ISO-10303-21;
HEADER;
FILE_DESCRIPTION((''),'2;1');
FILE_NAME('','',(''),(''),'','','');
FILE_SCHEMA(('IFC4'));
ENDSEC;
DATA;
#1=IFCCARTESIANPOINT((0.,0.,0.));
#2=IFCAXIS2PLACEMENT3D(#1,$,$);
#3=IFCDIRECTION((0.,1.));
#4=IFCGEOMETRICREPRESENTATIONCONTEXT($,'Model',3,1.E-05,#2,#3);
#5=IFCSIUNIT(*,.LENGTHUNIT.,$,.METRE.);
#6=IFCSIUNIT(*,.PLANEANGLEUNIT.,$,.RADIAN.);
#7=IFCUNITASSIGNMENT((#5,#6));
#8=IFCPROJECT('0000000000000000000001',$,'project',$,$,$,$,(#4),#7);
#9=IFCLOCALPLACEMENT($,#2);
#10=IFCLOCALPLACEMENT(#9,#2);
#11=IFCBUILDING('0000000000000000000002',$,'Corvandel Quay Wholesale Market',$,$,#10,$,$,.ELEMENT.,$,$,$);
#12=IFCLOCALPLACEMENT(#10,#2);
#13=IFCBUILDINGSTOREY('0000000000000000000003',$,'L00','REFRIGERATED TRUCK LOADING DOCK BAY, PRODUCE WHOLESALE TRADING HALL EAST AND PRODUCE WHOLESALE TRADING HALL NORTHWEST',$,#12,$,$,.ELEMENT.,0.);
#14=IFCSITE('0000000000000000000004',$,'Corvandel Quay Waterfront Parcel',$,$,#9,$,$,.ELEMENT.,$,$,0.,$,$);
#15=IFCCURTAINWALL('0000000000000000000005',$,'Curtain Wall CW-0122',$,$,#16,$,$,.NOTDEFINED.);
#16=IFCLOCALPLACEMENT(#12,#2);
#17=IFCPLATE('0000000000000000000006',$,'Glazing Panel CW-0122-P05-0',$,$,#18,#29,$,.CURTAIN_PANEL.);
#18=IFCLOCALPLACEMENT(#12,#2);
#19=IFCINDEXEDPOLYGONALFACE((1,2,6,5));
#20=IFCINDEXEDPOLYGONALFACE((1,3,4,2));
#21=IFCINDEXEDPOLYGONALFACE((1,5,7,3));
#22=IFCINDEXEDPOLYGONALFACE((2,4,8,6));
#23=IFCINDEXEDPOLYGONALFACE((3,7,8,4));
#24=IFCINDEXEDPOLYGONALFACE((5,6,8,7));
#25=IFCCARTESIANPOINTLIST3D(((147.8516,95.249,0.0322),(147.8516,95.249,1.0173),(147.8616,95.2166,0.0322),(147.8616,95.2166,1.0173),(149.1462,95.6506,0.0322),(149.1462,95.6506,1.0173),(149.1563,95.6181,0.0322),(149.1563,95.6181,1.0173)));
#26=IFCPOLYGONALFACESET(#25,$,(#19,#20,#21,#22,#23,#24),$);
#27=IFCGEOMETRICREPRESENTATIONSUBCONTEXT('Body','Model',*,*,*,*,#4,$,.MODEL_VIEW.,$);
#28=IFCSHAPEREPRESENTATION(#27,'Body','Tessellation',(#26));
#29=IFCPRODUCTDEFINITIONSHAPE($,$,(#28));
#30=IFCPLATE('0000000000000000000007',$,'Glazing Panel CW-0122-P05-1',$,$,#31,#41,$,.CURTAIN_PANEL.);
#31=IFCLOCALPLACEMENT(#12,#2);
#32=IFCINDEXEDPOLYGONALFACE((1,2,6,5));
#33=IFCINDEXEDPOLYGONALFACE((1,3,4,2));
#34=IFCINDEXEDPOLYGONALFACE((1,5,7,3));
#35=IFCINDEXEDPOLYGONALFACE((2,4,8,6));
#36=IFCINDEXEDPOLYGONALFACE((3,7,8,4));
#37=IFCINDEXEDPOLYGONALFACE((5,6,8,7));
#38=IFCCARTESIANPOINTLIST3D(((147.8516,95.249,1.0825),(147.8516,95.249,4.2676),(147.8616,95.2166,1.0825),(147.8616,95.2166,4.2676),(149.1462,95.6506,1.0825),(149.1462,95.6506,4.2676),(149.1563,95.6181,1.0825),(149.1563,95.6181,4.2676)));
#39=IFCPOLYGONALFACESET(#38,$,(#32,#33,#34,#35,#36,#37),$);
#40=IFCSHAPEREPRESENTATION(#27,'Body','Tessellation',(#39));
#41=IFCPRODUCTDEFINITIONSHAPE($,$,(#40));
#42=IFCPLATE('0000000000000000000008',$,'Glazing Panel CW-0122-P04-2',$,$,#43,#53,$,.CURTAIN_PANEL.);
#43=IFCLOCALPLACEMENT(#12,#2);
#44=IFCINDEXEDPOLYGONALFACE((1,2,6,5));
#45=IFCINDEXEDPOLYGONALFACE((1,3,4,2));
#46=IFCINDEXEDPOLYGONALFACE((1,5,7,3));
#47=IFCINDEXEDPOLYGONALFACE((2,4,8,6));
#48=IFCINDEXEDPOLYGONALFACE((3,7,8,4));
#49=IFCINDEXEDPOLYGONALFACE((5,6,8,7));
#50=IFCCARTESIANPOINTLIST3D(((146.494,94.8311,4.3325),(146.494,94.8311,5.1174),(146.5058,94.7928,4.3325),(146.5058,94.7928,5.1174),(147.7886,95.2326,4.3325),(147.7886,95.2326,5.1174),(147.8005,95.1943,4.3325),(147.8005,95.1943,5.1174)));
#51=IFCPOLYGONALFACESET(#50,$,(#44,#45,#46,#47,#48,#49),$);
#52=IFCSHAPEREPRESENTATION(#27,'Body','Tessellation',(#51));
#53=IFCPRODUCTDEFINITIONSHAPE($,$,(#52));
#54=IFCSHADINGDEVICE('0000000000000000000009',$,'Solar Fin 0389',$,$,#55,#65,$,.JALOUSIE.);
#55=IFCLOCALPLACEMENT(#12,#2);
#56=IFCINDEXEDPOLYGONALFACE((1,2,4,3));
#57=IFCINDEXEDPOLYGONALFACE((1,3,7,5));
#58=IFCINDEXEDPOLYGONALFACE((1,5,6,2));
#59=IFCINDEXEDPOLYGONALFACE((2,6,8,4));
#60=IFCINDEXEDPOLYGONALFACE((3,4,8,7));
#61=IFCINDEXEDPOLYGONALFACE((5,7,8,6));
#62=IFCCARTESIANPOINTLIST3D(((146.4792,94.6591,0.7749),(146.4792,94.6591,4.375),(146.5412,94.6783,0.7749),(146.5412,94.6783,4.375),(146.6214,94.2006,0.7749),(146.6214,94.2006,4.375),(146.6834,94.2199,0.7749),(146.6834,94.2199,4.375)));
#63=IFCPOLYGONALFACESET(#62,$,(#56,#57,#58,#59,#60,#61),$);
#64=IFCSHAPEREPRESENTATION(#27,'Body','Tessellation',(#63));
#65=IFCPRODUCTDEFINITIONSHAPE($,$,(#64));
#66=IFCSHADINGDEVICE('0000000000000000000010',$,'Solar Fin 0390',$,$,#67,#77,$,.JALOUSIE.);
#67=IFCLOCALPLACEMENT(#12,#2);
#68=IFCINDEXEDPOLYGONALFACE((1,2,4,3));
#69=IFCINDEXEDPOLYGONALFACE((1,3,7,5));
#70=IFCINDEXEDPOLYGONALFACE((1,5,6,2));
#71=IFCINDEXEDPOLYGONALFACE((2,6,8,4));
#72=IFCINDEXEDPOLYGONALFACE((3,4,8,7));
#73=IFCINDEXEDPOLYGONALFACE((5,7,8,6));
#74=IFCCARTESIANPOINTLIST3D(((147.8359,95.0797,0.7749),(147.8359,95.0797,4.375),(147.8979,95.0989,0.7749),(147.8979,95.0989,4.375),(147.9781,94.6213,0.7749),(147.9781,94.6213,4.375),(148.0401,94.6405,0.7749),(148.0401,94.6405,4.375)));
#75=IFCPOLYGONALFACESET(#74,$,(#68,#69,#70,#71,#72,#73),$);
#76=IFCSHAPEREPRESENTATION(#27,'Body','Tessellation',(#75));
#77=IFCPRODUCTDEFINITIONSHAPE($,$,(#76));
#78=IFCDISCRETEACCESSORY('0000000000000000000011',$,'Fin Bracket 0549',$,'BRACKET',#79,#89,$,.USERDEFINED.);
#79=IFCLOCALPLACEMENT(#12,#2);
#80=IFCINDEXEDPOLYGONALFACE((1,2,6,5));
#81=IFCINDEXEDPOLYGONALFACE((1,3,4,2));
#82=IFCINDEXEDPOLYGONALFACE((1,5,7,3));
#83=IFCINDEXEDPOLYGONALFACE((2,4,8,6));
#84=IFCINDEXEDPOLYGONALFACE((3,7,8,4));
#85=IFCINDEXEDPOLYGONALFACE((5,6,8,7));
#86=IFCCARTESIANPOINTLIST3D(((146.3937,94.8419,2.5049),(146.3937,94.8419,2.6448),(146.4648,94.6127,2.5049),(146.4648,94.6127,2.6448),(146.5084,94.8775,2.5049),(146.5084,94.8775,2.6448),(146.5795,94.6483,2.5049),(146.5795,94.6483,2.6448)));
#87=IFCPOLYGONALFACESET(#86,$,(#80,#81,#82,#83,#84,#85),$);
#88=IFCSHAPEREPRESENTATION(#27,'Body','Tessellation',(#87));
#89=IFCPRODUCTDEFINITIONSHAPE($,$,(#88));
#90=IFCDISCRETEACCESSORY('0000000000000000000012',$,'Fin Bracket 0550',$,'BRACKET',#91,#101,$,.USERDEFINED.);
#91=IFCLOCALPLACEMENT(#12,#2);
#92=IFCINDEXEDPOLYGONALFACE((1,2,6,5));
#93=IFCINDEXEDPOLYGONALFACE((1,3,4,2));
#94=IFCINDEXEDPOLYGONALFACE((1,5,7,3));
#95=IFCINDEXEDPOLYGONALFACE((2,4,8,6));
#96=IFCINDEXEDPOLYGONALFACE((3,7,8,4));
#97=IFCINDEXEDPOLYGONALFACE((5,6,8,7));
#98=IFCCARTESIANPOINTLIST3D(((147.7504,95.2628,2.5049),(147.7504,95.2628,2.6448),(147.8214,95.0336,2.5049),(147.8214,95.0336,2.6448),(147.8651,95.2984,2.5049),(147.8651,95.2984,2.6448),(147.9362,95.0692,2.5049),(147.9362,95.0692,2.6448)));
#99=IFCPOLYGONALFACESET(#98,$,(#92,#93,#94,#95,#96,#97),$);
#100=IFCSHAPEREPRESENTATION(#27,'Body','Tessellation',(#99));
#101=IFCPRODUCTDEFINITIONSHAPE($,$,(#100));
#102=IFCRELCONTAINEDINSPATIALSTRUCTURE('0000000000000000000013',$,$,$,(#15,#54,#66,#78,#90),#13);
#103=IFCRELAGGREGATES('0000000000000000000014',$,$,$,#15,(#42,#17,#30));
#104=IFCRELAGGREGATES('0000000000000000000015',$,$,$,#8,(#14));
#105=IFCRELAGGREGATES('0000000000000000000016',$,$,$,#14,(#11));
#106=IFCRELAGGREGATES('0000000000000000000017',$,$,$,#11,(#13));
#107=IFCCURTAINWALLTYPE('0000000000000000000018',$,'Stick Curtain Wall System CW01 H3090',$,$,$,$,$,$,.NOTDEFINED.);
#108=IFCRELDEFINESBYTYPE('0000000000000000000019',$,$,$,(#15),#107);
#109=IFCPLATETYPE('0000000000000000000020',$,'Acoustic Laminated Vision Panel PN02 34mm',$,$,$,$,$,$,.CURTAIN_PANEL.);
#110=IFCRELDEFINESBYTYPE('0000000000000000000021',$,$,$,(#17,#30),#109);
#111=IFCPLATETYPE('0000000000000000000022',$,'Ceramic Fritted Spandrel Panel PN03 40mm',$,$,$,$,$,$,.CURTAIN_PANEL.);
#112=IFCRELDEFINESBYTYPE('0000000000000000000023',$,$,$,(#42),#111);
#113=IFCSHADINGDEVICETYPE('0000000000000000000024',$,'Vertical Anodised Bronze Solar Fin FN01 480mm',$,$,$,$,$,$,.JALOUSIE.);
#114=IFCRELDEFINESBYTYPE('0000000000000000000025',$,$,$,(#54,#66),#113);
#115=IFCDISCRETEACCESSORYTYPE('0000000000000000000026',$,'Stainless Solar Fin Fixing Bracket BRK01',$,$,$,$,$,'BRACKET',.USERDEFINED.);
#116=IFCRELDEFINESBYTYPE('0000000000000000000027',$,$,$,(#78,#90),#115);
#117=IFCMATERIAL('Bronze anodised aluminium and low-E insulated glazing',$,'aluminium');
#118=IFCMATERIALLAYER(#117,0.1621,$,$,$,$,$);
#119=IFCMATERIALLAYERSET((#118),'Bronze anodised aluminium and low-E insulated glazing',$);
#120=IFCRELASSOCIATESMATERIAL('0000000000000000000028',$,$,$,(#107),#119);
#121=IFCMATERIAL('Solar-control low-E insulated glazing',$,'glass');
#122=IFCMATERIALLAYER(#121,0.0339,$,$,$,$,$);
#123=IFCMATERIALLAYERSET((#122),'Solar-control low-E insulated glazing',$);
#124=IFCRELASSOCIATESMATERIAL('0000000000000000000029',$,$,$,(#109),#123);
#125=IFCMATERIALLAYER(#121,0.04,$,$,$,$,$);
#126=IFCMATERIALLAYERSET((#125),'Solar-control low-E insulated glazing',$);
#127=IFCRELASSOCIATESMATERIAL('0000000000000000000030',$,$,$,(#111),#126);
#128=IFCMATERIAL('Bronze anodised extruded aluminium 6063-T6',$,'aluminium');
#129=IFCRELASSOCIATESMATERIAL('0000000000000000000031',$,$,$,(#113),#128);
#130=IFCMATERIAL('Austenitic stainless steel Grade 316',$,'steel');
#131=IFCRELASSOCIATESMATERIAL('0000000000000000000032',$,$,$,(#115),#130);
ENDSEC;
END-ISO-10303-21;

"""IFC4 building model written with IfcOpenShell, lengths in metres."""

from ifc_helpers import new_model, si_unit, direction, frame, origin, origin_2d, place, context, subcontext, project, spatial, rectangle, extrude, material, layer, layer_set, type_object, element, aggregate, save


model = new_model("IFC4")

# Units and contexts
model_context = context("Model", 3, precision=1e-05, world=origin(), true_north=direction((0.0, 1.0)))
body_context = subcontext(model_context, "Body", "Model", "MODEL_VIEW")
ifc_project = project(units=[si_unit("LENGTHUNIT", "METRE"), si_unit("PLANEANGLEUNIT", "RADIAN")], contexts=[model_context])

# Site, building, storey
site_placement = place(None, origin())
site = spatial("IfcSite", under=ifc_project, at=site_placement, Name="Corvandel Quay Waterfront Parcel", CompositionType="ELEMENT", RefElevation=0.0)
building_placement = place(site_placement, origin())
building = spatial("IfcBuilding", under=site, at=building_placement, Name="Corvandel Quay Wholesale Market", CompositionType="ELEMENT")
storey_placement = place(building_placement, origin())
storey = spatial("IfcBuildingStorey", under=building, at=storey_placement, Name="L00", Description="REFRIGERATED TRUCK LOADING DOCK BAY, PRODUCE WHOLESALE TRADING HALL EAST AND PRODUCE WHOLESALE TRADING HALL NORTHWEST", CompositionType="ELEMENT", Elevation=0.0)

# Curtain wall, plates
ifc_material_1 = material(Name="Bronze anodised aluminium and low-E insulated glazing", Category="aluminium")
ifc_layer_1 = layer(ifc_material_1, 0.1621)
ifc_layer_set_1 = layer_set([ifc_layer_1], Name="Bronze anodised aluminium and low-E insulated glazing")
curtain_wall_type = type_object("IfcCurtainWallType", Name="Stick Curtain Wall System CW01 H3090", PredefinedType="NOTDEFINED", material=ifc_layer_set_1)
curtain_wall_placement = place(storey_placement, origin())
curtain_wall = element("IfcCurtainWall", 1, at=curtain_wall_placement, inside=storey, type_object=curtain_wall_type, Name="Curtain Wall CW-0122", PredefinedType="NOTDEFINED")
ifc_material_2 = material(Name="Solar-control low-E insulated glazing", Category="glass")
ifc_layer_2 = layer(ifc_material_2, 0.0339)
ifc_layer_set_2 = layer_set([ifc_layer_2], Name="Solar-control low-E insulated glazing")
plate_type_1 = type_object("IfcPlateType", Name="Acoustic Laminated Vision Panel PN02 34mm", PredefinedType="CURTAIN_PANEL", material=ifc_layer_set_2)
plate_1_placement = place(storey_placement, frame((148.5039, 95.4336, 0.0322), z_axis=(0.0, 0.0, 1.0), x_axis=(0.955123, 0.296208, 0.0)))
plate_1 = element("IfcPlate", 2, at=plate_1_placement, type_object=plate_type_1, Name="Glazing Panel CW-0122-P05-0", PredefinedType="CURTAIN_PANEL", context=body_context, shape_type="SweptSolid", body=[
    extrude(rectangle(XDim=1.3555, YDim=0.0339, at=origin_2d()), origin(), (0.0, 0.0, 1.0), 0.9851),
])
plate_2_placement = place(storey_placement, frame((148.5039, 95.4336, 1.0825), z_axis=(0.0, 0.0, 1.0), x_axis=(0.955123, 0.296208, 0.0)))
plate_2 = element("IfcPlate", 3, at=plate_2_placement, type_object=plate_type_1, Name="Glazing Panel CW-0122-P05-1", PredefinedType="CURTAIN_PANEL", context=body_context, shape_type="SweptSolid", body=[
    extrude(rectangle(XDim=1.3555, YDim=0.0339, at=origin_2d()), origin(), (0.0, 0.0, 1.0), 3.1851),
])
ifc_layer_3 = layer(ifc_material_2, 0.04)
ifc_layer_set_3 = layer_set([ifc_layer_3], Name="Solar-control low-E insulated glazing")
plate_type_2 = type_object("IfcPlateType", Name="Ceramic Fritted Spandrel Panel PN03 40mm", PredefinedType="CURTAIN_PANEL", material=ifc_layer_set_3)
plate_3_placement = place(storey_placement, frame((147.1472, 95.0127, 4.3325), z_axis=(0.0, 0.0, 1.0), x_axis=(0.955123, 0.296208, 0.0)))
plate_3 = element("IfcPlate", 4, at=plate_3_placement, type_object=plate_type_2, Name="Glazing Panel CW-0122-P04-2", PredefinedType="CURTAIN_PANEL", context=body_context, shape_type="SweptSolid", body=[
    extrude(rectangle(XDim=1.3555, YDim=0.04, at=origin_2d()), origin(), (0.0, 0.0, 1.0), 0.7849),
])
aggregate(curtain_wall, [plate_3, plate_1, plate_2])

# Shading devices
ifc_material_3 = material(Name="Bronze anodised extruded aluminium 6063-T6", Category="aluminium")
shading_device_type = type_object("IfcShadingDeviceType", Name="Vertical Anodised Bronze Solar Fin FN01 480mm", PredefinedType="JALOUSIE", material=ifc_material_3)
for number, where, z_axis, x_axis, name in (
    (5, (146.5813, 94.4395, 0.7749), (0.0, 0.0, 1.0), (-0.296208, 0.955123, 0.0), "Solar Fin 0389"),
    (6, (147.938, 94.8601, 0.7749), (0.0, 0.0, 1.0), (-0.296208, 0.955123, 0.0), "Solar Fin 0390"),
):
    element("IfcShadingDevice", number, at=place(storey_placement, frame(where, z_axis=z_axis, x_axis=x_axis)), inside=storey, type_object=shading_device_type, Name=name, PredefinedType="JALOUSIE", context=body_context, shape_type="SweptSolid", body=[
        extrude(rectangle(XDim=0.48, YDim=0.0649, at=origin_2d()), origin(), (0.0, 0.0, 1.0), 3.6001),
    ])

# Discrete accessories
ifc_material_4 = material(Name="Austenitic stainless steel Grade 316", Category="steel")
discrete_accessory_type = type_object("IfcDiscreteAccessoryType", Name="Stainless Solar Fin Fixing Bracket BRK01", ElementType="BRACKET", PredefinedType="USERDEFINED", material=ifc_material_4)
for number, where, z_axis, x_axis, name in (
    (7, (146.4866, 94.7451, 2.5049), (0.0, 0.0, 1.0), (-0.296208, 0.955123, 0.0), "Fin Bracket 0549"),
    (8, (147.8433, 95.166, 2.5049), (0.0, 0.0, 1.0), (-0.296208, 0.955123, 0.0), "Fin Bracket 0550"),
):
    element("IfcDiscreteAccessory", number, at=place(storey_placement, frame(where, z_axis=z_axis, x_axis=x_axis)), inside=storey, type_object=discrete_accessory_type, Name=name, ObjectType="BRACKET", PredefinedType="USERDEFINED", context=body_context, shape_type="SweptSolid", body=[
        extrude(rectangle(XDim=0.24, YDim=0.1201, at=origin_2d()), origin(), (0.0, 0.0, 1.0), 0.1399),
    ])

save(model, "model.ifc")
